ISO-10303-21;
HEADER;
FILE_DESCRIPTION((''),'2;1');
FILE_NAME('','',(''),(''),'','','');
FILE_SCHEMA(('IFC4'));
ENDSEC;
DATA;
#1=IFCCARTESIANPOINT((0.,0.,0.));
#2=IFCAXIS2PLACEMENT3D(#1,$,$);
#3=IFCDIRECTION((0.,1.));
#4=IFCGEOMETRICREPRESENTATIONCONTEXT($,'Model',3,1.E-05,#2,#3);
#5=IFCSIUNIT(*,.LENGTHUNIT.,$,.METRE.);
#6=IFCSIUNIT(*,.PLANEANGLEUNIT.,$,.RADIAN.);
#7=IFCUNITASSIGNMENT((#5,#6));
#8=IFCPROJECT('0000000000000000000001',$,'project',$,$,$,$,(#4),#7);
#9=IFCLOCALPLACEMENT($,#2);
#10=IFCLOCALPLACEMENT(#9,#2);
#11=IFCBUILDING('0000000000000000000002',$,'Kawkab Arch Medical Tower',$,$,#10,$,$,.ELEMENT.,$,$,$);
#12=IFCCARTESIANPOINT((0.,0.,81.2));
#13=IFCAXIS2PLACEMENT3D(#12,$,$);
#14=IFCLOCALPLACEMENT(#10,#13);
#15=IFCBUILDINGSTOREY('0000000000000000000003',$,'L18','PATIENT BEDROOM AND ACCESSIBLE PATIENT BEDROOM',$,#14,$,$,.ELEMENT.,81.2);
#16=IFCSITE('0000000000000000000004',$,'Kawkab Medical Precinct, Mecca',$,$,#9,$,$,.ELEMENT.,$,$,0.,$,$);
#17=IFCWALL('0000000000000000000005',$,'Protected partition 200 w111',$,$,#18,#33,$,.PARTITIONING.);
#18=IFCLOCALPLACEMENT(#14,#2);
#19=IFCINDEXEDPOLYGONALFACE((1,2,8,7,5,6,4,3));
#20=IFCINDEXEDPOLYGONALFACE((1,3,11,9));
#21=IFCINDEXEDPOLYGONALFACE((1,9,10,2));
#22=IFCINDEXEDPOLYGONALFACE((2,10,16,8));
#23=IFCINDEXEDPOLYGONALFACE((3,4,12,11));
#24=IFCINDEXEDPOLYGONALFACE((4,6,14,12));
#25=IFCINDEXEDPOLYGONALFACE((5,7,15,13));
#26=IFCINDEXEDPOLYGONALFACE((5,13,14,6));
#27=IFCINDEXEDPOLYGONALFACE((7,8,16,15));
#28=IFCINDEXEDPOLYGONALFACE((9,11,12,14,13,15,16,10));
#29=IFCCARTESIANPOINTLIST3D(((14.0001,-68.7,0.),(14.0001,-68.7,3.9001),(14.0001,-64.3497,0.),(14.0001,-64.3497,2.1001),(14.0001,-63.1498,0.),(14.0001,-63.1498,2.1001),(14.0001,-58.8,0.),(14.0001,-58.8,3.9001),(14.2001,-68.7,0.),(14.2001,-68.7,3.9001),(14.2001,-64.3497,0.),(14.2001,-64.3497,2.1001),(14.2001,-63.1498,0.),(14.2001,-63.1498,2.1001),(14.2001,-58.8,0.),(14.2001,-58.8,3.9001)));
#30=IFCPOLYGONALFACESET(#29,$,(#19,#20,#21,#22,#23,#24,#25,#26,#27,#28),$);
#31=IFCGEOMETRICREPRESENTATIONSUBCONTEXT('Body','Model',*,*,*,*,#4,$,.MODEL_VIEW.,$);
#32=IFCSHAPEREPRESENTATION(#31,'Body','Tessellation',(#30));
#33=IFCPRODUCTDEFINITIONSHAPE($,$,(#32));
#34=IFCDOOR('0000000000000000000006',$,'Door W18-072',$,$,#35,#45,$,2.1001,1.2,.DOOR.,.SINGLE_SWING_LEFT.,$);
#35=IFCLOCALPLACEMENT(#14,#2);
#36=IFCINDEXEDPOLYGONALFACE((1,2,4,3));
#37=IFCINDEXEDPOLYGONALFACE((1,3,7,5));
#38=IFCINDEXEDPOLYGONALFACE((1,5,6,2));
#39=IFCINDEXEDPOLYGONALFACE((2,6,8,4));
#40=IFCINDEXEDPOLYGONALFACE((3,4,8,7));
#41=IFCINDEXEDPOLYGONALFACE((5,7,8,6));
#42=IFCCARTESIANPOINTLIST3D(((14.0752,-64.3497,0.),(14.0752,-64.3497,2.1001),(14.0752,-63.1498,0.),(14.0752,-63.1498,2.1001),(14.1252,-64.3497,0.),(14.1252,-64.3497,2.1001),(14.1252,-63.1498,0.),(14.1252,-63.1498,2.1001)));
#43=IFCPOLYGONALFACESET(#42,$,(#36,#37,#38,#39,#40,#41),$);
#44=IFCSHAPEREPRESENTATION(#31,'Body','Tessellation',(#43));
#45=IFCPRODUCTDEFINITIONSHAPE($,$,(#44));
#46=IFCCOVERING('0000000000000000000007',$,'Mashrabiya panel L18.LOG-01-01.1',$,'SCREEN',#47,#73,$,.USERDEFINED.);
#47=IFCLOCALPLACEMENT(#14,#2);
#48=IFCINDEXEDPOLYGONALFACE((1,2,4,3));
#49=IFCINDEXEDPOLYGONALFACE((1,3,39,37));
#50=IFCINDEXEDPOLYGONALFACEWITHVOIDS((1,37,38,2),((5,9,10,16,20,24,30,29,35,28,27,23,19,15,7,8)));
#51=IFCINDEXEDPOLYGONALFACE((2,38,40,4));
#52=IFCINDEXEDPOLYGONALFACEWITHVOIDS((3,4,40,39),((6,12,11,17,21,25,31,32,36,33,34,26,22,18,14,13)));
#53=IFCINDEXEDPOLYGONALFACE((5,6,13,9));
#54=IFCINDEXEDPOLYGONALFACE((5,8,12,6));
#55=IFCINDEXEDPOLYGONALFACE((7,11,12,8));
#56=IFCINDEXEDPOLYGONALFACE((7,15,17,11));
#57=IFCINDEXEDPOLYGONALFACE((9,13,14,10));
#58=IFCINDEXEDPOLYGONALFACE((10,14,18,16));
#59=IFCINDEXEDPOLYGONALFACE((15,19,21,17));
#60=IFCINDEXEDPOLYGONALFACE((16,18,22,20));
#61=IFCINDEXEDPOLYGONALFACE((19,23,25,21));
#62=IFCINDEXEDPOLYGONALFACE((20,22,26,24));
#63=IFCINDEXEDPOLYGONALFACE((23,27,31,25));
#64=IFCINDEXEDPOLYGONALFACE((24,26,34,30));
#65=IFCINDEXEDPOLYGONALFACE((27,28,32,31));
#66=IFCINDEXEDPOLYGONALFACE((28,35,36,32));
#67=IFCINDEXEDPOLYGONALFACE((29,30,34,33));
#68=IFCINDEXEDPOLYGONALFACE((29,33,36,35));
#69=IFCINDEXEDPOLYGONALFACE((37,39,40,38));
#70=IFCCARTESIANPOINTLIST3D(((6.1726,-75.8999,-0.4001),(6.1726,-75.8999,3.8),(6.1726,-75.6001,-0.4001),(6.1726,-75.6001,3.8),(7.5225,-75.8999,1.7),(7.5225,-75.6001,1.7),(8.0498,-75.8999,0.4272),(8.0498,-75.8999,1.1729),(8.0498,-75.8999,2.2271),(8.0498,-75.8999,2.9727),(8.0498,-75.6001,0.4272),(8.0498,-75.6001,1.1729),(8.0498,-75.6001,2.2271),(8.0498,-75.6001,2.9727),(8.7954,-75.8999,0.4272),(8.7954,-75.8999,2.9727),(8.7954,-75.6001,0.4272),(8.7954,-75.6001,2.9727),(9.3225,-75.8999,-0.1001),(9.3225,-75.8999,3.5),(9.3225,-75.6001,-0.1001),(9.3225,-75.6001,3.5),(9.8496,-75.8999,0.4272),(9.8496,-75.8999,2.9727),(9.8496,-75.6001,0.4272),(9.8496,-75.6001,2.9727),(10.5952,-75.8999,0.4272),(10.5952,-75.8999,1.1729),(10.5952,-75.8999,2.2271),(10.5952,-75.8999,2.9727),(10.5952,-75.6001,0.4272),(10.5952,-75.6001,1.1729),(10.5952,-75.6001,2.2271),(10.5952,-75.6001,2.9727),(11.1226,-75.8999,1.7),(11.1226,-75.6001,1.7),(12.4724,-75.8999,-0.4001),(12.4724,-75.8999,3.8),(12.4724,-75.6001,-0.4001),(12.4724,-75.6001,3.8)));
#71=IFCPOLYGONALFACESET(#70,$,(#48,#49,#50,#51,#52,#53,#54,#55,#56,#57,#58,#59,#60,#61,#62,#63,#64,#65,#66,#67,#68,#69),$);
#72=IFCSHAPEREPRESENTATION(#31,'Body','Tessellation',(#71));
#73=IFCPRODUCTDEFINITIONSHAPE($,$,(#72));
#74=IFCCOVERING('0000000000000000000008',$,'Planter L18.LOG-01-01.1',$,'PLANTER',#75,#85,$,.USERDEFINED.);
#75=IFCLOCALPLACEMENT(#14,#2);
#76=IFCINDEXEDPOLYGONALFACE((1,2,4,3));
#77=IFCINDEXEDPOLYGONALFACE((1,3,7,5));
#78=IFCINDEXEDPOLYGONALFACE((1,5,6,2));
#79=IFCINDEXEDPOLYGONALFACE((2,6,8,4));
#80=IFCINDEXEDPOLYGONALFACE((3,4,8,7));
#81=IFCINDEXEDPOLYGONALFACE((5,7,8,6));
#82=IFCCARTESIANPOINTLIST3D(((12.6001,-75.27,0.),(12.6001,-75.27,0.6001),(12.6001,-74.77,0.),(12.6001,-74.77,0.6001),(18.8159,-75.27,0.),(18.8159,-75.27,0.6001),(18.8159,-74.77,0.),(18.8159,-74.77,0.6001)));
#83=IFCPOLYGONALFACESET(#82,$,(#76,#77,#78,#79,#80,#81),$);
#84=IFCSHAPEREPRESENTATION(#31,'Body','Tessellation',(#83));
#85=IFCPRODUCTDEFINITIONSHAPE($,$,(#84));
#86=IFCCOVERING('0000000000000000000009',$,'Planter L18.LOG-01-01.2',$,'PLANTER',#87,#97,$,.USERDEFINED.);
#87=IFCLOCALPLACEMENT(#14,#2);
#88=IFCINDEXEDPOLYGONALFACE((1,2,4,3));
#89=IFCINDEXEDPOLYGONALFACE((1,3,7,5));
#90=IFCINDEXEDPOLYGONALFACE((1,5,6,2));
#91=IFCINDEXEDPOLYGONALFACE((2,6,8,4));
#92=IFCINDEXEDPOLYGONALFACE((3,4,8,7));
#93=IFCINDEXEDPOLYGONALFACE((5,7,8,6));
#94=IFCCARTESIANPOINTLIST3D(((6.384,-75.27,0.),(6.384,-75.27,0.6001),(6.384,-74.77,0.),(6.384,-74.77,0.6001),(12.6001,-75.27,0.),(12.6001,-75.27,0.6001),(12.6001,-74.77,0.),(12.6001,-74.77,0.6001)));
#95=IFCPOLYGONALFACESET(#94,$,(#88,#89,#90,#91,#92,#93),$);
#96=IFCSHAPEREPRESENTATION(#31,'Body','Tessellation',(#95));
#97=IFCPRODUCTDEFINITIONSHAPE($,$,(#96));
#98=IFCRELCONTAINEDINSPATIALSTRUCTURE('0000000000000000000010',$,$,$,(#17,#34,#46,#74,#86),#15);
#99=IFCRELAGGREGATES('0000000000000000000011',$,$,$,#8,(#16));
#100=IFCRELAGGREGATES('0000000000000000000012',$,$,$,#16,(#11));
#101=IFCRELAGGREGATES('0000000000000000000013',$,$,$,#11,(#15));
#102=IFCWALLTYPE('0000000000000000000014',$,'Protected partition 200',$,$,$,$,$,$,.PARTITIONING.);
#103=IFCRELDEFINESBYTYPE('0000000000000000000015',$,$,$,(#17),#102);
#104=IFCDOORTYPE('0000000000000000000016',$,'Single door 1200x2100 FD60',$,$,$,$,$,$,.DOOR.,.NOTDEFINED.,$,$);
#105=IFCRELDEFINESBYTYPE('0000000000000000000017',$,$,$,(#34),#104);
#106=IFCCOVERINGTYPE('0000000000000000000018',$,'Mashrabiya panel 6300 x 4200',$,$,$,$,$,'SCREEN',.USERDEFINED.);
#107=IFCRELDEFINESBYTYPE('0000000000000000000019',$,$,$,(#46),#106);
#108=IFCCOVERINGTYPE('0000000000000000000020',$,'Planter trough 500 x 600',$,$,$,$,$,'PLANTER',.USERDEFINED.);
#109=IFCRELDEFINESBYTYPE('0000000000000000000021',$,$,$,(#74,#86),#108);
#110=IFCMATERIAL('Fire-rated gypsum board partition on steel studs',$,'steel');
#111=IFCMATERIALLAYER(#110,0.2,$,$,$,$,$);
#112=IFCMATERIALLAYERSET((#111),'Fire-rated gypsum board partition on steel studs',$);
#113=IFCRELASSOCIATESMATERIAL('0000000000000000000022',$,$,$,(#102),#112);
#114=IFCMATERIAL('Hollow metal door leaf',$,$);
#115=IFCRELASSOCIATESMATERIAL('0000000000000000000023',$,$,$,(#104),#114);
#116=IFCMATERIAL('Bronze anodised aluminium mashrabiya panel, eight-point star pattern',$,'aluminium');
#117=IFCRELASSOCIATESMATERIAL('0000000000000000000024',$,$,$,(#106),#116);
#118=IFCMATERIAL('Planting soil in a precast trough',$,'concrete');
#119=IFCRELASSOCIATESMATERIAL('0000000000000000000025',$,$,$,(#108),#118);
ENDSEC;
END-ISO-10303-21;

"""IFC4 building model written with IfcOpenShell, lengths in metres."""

from ifc_helpers import new_model, si_unit, direction, frame, frame_2d, origin, origin_2d, place, context, subcontext, project, spatial, polyline, rectangle, outline, extrude, material, layer, layer_set, material_profile, profile_set, type_object, element, fill, save


model = new_model("IFC4")

# Units and contexts
model_context = context("Model", 3, precision=1e-05, world=origin(), true_north=direction((0.0, 1.0)))
body_context = subcontext(model_context, "Body", "Model", "MODEL_VIEW")
ifc_project = project(units=[si_unit("LENGTHUNIT", "METRE"), si_unit("PLANEANGLEUNIT", "RADIAN")], contexts=[model_context])

# Site, building, storey
site_placement = place(None, origin())
site = spatial("IfcSite", under=ifc_project, at=site_placement, Name="Kawkab Medical Precinct, Mecca", CompositionType="ELEMENT", RefElevation=0.0)
building_placement = place(site_placement, origin())
building = spatial("IfcBuilding", under=site, at=building_placement, Name="Kawkab Arch Medical Tower", CompositionType="ELEMENT")
storey_placement = place(building_placement, frame((0.0, 0.0, 81.2)))
storey = spatial("IfcBuildingStorey", under=building, at=storey_placement, Name="L18", Description="PATIENT BEDROOM AND ACCESSIBLE PATIENT BEDROOM", CompositionType="ELEMENT", Elevation=81.2)

# Shared definitions
ifc_material_1 = material(Name="Fire-rated gypsum board partition on steel studs", Category="steel")
ifc_layer_1 = layer(ifc_material_1, 0.2)
ifc_layer_set_1 = layer_set([ifc_layer_1], Name="Fire-rated gypsum board partition on steel studs")
wall_type_1 = type_object("IfcWallType", Name="Protected partition 200", PredefinedType="PARTITIONING", material=ifc_layer_set_1)

# Wall, opening, door
wall_1_placement = place(storey_placement, frame((14.1001, -68.7, 0.0), z_axis=(0.0, 0.0, 1.0), x_axis=(0.0, 1.0, 0.0)))
wall_1 = element("IfcWall", 1, at=wall_1_placement, inside=storey, type_object=wall_type_1, Name="Protected partition 200 w111", PredefinedType="PARTITIONING", context=body_context, shape_type="SweptSolid", body=[
    extrude(rectangle(XDim=9.8999, YDim=0.2, at=frame_2d((4.95, 0.0))), origin(), (0.0, 0.0, 1.0), 3.9001),
])
opening_1_placement = place(wall_1_placement, frame((4.3501, 0.0, 0.0)))
opening_1 = element("IfcOpeningElement", 2, at=opening_1_placement, cuts=wall_1, PredefinedType="OPENING", context=body_context, shape_type="SweptSolid", body=[
    extrude(rectangle(XDim=1.2, YDim=2.1001, at=frame_2d((0.6001, 1.05))), frame((0.0, 0.1099, 0.0), z_axis=(0.0, -1.0, 0.0), x_axis=(1.0, 0.0, 0.0)), (0.0, 0.0, 1.0), 0.22),
])
ifc_material_2 = material(Name="Hollow metal door leaf")
door_type_1 = type_object("IfcDoorType", Name="Single door 1200x2100 FD60", OperationType="NOTDEFINED", PredefinedType="DOOR", material=ifc_material_2)
door_1_placement = place(opening_1_placement, origin())
door_1 = element("IfcDoor", 3, at=door_1_placement, inside=storey, type_object=door_type_1, Name="Door W18-072", OperationType="SINGLE_SWING_LEFT", OverallHeight=2.1001, OverallWidth=1.2, PredefinedType="DOOR", context=body_context, shape_type="SweptSolid", body=[
    extrude(rectangle(XDim=1.2, YDim=2.1001, at=frame_2d((0.6001, 1.05))), frame((0.0, 0.0249, 0.0), z_axis=(0.0, -1.0, 0.0), x_axis=(1.0, 0.0, 0.0)), (0.0, 0.0, 1.0), 0.05),
])
fill(opening_1, door_1)

# Coverings
ifc_material_3 = material(Name="Bronze anodised aluminium mashrabiya panel, eight-point star pattern", Category="aluminium")
ifc_material_profile_1 = material_profile(ifc_material_3, outline(polyline([(-3.1499, -2.1001), (3.1499, -2.1001), (3.1499, 2.1001), (-3.1499, 2.1001), (-3.1499, -2.1001)]), holes=[polyline([(1.8, 0.0), (1.2727, 0.5271), (1.2727, 1.2727), (0.5271, 1.2727), (0.0, 1.8), (-0.5271, 1.2727), (-1.2727, 1.2727), (-1.2727, 0.5271), (-1.8, 0.0), (-1.2727, -0.5271), (-1.2727, -1.2727), (-0.5271, -1.2727), (0.0, -1.8), (0.5271, -1.2727), (1.2727, -1.2727), (1.2727, -0.5271), (1.8, 0.0)])]), Name="Mashrabiya panel 6300x4200")
ifc_profile_set_1 = profile_set([ifc_material_profile_1], Name="Bronze anodised aluminium mashrabiya panel, eight-point star pattern")
covering_type_1 = type_object("IfcCoveringType", Name="Mashrabiya panel 6300 x 4200", ElementType="SCREEN", PredefinedType="USERDEFINED", material=ifc_profile_set_1)
covering_1_placement = place(storey_placement, frame((9.3225, -75.6001, 1.7), z_axis=(0.0, -1.0, 0.0), x_axis=(1.0, 0.0, 0.0)))
element("IfcCovering", 4, at=covering_1_placement, inside=storey, type_object=covering_type_1, Name="Mashrabiya panel L18.LOG-01-01.1", ObjectType="SCREEN", PredefinedType="USERDEFINED", context=body_context, shape_type="SweptSolid", body=[
    extrude(outline(polyline([(-3.1499, -2.1001), (3.1499, -2.1001), (3.1499, 2.1001), (-3.1499, 2.1001), (-3.1499, -2.1001)]), holes=[polyline([(1.8, 0.0), (1.2727, 0.5271), (1.2727, 1.2727), (0.5271, 1.2727), (0.0, 1.8), (-0.5271, 1.2727), (-1.2727, 1.2727), (-1.2727, 0.5271), (-1.8, 0.0), (-1.2727, -0.5271), (-1.2727, -1.2727), (-0.5271, -1.2727), (0.0, -1.8), (0.5271, -1.2727), (1.2727, -1.2727), (1.2727, -0.5271), (1.8, 0.0)])]), origin(), (0.0, 0.0, 1.0), 0.2998),
])
ifc_material_4 = material(Name="Planting soil in a precast trough", Category="concrete")
ifc_material_profile_2 = material_profile(ifc_material_4, rectangle(XDim=0.5, YDim=0.6001, at=origin_2d()), Name="Trough 500x600")
ifc_profile_set_2 = profile_set([ifc_material_profile_2], Name="Planting soil in a precast trough")
covering_type_2 = type_object("IfcCoveringType", Name="Planter trough 500 x 600", ElementType="PLANTER", PredefinedType="USERDEFINED", material=ifc_profile_set_2)
covering_2_placement = place(storey_placement, frame((18.8159, -75.02, 0.3), z_axis=(-1.0, 0.0, 0.0), x_axis=(0.0, -1.0, 0.0)))
element("IfcCovering", 5, at=covering_2_placement, inside=storey, type_object=covering_type_2, Name="Planter L18.LOG-01-01.1", ObjectType="PLANTER", PredefinedType="USERDEFINED", context=body_context, shape_type="SweptSolid", body=[
    extrude(rectangle(XDim=0.5, YDim=0.6001, at=origin_2d()), origin(), (0.0, 0.0, 1.0), 6.2158),
])
covering_3_placement = place(storey_placement, frame((12.6001, -75.02, 0.3), z_axis=(-1.0, 0.0, 0.0), x_axis=(0.0, -1.0, 0.0)))
element("IfcCovering", 6, at=covering_3_placement, inside=storey, type_object=covering_type_2, Name="Planter L18.LOG-01-01.2", ObjectType="PLANTER", PredefinedType="USERDEFINED", context=body_context, shape_type="SweptSolid", body=[
    extrude(rectangle(XDim=0.5, YDim=0.6001, at=origin_2d()), origin(), (0.0, 0.0, 1.0), 6.2161),
])

save(model, "model.ifc")
